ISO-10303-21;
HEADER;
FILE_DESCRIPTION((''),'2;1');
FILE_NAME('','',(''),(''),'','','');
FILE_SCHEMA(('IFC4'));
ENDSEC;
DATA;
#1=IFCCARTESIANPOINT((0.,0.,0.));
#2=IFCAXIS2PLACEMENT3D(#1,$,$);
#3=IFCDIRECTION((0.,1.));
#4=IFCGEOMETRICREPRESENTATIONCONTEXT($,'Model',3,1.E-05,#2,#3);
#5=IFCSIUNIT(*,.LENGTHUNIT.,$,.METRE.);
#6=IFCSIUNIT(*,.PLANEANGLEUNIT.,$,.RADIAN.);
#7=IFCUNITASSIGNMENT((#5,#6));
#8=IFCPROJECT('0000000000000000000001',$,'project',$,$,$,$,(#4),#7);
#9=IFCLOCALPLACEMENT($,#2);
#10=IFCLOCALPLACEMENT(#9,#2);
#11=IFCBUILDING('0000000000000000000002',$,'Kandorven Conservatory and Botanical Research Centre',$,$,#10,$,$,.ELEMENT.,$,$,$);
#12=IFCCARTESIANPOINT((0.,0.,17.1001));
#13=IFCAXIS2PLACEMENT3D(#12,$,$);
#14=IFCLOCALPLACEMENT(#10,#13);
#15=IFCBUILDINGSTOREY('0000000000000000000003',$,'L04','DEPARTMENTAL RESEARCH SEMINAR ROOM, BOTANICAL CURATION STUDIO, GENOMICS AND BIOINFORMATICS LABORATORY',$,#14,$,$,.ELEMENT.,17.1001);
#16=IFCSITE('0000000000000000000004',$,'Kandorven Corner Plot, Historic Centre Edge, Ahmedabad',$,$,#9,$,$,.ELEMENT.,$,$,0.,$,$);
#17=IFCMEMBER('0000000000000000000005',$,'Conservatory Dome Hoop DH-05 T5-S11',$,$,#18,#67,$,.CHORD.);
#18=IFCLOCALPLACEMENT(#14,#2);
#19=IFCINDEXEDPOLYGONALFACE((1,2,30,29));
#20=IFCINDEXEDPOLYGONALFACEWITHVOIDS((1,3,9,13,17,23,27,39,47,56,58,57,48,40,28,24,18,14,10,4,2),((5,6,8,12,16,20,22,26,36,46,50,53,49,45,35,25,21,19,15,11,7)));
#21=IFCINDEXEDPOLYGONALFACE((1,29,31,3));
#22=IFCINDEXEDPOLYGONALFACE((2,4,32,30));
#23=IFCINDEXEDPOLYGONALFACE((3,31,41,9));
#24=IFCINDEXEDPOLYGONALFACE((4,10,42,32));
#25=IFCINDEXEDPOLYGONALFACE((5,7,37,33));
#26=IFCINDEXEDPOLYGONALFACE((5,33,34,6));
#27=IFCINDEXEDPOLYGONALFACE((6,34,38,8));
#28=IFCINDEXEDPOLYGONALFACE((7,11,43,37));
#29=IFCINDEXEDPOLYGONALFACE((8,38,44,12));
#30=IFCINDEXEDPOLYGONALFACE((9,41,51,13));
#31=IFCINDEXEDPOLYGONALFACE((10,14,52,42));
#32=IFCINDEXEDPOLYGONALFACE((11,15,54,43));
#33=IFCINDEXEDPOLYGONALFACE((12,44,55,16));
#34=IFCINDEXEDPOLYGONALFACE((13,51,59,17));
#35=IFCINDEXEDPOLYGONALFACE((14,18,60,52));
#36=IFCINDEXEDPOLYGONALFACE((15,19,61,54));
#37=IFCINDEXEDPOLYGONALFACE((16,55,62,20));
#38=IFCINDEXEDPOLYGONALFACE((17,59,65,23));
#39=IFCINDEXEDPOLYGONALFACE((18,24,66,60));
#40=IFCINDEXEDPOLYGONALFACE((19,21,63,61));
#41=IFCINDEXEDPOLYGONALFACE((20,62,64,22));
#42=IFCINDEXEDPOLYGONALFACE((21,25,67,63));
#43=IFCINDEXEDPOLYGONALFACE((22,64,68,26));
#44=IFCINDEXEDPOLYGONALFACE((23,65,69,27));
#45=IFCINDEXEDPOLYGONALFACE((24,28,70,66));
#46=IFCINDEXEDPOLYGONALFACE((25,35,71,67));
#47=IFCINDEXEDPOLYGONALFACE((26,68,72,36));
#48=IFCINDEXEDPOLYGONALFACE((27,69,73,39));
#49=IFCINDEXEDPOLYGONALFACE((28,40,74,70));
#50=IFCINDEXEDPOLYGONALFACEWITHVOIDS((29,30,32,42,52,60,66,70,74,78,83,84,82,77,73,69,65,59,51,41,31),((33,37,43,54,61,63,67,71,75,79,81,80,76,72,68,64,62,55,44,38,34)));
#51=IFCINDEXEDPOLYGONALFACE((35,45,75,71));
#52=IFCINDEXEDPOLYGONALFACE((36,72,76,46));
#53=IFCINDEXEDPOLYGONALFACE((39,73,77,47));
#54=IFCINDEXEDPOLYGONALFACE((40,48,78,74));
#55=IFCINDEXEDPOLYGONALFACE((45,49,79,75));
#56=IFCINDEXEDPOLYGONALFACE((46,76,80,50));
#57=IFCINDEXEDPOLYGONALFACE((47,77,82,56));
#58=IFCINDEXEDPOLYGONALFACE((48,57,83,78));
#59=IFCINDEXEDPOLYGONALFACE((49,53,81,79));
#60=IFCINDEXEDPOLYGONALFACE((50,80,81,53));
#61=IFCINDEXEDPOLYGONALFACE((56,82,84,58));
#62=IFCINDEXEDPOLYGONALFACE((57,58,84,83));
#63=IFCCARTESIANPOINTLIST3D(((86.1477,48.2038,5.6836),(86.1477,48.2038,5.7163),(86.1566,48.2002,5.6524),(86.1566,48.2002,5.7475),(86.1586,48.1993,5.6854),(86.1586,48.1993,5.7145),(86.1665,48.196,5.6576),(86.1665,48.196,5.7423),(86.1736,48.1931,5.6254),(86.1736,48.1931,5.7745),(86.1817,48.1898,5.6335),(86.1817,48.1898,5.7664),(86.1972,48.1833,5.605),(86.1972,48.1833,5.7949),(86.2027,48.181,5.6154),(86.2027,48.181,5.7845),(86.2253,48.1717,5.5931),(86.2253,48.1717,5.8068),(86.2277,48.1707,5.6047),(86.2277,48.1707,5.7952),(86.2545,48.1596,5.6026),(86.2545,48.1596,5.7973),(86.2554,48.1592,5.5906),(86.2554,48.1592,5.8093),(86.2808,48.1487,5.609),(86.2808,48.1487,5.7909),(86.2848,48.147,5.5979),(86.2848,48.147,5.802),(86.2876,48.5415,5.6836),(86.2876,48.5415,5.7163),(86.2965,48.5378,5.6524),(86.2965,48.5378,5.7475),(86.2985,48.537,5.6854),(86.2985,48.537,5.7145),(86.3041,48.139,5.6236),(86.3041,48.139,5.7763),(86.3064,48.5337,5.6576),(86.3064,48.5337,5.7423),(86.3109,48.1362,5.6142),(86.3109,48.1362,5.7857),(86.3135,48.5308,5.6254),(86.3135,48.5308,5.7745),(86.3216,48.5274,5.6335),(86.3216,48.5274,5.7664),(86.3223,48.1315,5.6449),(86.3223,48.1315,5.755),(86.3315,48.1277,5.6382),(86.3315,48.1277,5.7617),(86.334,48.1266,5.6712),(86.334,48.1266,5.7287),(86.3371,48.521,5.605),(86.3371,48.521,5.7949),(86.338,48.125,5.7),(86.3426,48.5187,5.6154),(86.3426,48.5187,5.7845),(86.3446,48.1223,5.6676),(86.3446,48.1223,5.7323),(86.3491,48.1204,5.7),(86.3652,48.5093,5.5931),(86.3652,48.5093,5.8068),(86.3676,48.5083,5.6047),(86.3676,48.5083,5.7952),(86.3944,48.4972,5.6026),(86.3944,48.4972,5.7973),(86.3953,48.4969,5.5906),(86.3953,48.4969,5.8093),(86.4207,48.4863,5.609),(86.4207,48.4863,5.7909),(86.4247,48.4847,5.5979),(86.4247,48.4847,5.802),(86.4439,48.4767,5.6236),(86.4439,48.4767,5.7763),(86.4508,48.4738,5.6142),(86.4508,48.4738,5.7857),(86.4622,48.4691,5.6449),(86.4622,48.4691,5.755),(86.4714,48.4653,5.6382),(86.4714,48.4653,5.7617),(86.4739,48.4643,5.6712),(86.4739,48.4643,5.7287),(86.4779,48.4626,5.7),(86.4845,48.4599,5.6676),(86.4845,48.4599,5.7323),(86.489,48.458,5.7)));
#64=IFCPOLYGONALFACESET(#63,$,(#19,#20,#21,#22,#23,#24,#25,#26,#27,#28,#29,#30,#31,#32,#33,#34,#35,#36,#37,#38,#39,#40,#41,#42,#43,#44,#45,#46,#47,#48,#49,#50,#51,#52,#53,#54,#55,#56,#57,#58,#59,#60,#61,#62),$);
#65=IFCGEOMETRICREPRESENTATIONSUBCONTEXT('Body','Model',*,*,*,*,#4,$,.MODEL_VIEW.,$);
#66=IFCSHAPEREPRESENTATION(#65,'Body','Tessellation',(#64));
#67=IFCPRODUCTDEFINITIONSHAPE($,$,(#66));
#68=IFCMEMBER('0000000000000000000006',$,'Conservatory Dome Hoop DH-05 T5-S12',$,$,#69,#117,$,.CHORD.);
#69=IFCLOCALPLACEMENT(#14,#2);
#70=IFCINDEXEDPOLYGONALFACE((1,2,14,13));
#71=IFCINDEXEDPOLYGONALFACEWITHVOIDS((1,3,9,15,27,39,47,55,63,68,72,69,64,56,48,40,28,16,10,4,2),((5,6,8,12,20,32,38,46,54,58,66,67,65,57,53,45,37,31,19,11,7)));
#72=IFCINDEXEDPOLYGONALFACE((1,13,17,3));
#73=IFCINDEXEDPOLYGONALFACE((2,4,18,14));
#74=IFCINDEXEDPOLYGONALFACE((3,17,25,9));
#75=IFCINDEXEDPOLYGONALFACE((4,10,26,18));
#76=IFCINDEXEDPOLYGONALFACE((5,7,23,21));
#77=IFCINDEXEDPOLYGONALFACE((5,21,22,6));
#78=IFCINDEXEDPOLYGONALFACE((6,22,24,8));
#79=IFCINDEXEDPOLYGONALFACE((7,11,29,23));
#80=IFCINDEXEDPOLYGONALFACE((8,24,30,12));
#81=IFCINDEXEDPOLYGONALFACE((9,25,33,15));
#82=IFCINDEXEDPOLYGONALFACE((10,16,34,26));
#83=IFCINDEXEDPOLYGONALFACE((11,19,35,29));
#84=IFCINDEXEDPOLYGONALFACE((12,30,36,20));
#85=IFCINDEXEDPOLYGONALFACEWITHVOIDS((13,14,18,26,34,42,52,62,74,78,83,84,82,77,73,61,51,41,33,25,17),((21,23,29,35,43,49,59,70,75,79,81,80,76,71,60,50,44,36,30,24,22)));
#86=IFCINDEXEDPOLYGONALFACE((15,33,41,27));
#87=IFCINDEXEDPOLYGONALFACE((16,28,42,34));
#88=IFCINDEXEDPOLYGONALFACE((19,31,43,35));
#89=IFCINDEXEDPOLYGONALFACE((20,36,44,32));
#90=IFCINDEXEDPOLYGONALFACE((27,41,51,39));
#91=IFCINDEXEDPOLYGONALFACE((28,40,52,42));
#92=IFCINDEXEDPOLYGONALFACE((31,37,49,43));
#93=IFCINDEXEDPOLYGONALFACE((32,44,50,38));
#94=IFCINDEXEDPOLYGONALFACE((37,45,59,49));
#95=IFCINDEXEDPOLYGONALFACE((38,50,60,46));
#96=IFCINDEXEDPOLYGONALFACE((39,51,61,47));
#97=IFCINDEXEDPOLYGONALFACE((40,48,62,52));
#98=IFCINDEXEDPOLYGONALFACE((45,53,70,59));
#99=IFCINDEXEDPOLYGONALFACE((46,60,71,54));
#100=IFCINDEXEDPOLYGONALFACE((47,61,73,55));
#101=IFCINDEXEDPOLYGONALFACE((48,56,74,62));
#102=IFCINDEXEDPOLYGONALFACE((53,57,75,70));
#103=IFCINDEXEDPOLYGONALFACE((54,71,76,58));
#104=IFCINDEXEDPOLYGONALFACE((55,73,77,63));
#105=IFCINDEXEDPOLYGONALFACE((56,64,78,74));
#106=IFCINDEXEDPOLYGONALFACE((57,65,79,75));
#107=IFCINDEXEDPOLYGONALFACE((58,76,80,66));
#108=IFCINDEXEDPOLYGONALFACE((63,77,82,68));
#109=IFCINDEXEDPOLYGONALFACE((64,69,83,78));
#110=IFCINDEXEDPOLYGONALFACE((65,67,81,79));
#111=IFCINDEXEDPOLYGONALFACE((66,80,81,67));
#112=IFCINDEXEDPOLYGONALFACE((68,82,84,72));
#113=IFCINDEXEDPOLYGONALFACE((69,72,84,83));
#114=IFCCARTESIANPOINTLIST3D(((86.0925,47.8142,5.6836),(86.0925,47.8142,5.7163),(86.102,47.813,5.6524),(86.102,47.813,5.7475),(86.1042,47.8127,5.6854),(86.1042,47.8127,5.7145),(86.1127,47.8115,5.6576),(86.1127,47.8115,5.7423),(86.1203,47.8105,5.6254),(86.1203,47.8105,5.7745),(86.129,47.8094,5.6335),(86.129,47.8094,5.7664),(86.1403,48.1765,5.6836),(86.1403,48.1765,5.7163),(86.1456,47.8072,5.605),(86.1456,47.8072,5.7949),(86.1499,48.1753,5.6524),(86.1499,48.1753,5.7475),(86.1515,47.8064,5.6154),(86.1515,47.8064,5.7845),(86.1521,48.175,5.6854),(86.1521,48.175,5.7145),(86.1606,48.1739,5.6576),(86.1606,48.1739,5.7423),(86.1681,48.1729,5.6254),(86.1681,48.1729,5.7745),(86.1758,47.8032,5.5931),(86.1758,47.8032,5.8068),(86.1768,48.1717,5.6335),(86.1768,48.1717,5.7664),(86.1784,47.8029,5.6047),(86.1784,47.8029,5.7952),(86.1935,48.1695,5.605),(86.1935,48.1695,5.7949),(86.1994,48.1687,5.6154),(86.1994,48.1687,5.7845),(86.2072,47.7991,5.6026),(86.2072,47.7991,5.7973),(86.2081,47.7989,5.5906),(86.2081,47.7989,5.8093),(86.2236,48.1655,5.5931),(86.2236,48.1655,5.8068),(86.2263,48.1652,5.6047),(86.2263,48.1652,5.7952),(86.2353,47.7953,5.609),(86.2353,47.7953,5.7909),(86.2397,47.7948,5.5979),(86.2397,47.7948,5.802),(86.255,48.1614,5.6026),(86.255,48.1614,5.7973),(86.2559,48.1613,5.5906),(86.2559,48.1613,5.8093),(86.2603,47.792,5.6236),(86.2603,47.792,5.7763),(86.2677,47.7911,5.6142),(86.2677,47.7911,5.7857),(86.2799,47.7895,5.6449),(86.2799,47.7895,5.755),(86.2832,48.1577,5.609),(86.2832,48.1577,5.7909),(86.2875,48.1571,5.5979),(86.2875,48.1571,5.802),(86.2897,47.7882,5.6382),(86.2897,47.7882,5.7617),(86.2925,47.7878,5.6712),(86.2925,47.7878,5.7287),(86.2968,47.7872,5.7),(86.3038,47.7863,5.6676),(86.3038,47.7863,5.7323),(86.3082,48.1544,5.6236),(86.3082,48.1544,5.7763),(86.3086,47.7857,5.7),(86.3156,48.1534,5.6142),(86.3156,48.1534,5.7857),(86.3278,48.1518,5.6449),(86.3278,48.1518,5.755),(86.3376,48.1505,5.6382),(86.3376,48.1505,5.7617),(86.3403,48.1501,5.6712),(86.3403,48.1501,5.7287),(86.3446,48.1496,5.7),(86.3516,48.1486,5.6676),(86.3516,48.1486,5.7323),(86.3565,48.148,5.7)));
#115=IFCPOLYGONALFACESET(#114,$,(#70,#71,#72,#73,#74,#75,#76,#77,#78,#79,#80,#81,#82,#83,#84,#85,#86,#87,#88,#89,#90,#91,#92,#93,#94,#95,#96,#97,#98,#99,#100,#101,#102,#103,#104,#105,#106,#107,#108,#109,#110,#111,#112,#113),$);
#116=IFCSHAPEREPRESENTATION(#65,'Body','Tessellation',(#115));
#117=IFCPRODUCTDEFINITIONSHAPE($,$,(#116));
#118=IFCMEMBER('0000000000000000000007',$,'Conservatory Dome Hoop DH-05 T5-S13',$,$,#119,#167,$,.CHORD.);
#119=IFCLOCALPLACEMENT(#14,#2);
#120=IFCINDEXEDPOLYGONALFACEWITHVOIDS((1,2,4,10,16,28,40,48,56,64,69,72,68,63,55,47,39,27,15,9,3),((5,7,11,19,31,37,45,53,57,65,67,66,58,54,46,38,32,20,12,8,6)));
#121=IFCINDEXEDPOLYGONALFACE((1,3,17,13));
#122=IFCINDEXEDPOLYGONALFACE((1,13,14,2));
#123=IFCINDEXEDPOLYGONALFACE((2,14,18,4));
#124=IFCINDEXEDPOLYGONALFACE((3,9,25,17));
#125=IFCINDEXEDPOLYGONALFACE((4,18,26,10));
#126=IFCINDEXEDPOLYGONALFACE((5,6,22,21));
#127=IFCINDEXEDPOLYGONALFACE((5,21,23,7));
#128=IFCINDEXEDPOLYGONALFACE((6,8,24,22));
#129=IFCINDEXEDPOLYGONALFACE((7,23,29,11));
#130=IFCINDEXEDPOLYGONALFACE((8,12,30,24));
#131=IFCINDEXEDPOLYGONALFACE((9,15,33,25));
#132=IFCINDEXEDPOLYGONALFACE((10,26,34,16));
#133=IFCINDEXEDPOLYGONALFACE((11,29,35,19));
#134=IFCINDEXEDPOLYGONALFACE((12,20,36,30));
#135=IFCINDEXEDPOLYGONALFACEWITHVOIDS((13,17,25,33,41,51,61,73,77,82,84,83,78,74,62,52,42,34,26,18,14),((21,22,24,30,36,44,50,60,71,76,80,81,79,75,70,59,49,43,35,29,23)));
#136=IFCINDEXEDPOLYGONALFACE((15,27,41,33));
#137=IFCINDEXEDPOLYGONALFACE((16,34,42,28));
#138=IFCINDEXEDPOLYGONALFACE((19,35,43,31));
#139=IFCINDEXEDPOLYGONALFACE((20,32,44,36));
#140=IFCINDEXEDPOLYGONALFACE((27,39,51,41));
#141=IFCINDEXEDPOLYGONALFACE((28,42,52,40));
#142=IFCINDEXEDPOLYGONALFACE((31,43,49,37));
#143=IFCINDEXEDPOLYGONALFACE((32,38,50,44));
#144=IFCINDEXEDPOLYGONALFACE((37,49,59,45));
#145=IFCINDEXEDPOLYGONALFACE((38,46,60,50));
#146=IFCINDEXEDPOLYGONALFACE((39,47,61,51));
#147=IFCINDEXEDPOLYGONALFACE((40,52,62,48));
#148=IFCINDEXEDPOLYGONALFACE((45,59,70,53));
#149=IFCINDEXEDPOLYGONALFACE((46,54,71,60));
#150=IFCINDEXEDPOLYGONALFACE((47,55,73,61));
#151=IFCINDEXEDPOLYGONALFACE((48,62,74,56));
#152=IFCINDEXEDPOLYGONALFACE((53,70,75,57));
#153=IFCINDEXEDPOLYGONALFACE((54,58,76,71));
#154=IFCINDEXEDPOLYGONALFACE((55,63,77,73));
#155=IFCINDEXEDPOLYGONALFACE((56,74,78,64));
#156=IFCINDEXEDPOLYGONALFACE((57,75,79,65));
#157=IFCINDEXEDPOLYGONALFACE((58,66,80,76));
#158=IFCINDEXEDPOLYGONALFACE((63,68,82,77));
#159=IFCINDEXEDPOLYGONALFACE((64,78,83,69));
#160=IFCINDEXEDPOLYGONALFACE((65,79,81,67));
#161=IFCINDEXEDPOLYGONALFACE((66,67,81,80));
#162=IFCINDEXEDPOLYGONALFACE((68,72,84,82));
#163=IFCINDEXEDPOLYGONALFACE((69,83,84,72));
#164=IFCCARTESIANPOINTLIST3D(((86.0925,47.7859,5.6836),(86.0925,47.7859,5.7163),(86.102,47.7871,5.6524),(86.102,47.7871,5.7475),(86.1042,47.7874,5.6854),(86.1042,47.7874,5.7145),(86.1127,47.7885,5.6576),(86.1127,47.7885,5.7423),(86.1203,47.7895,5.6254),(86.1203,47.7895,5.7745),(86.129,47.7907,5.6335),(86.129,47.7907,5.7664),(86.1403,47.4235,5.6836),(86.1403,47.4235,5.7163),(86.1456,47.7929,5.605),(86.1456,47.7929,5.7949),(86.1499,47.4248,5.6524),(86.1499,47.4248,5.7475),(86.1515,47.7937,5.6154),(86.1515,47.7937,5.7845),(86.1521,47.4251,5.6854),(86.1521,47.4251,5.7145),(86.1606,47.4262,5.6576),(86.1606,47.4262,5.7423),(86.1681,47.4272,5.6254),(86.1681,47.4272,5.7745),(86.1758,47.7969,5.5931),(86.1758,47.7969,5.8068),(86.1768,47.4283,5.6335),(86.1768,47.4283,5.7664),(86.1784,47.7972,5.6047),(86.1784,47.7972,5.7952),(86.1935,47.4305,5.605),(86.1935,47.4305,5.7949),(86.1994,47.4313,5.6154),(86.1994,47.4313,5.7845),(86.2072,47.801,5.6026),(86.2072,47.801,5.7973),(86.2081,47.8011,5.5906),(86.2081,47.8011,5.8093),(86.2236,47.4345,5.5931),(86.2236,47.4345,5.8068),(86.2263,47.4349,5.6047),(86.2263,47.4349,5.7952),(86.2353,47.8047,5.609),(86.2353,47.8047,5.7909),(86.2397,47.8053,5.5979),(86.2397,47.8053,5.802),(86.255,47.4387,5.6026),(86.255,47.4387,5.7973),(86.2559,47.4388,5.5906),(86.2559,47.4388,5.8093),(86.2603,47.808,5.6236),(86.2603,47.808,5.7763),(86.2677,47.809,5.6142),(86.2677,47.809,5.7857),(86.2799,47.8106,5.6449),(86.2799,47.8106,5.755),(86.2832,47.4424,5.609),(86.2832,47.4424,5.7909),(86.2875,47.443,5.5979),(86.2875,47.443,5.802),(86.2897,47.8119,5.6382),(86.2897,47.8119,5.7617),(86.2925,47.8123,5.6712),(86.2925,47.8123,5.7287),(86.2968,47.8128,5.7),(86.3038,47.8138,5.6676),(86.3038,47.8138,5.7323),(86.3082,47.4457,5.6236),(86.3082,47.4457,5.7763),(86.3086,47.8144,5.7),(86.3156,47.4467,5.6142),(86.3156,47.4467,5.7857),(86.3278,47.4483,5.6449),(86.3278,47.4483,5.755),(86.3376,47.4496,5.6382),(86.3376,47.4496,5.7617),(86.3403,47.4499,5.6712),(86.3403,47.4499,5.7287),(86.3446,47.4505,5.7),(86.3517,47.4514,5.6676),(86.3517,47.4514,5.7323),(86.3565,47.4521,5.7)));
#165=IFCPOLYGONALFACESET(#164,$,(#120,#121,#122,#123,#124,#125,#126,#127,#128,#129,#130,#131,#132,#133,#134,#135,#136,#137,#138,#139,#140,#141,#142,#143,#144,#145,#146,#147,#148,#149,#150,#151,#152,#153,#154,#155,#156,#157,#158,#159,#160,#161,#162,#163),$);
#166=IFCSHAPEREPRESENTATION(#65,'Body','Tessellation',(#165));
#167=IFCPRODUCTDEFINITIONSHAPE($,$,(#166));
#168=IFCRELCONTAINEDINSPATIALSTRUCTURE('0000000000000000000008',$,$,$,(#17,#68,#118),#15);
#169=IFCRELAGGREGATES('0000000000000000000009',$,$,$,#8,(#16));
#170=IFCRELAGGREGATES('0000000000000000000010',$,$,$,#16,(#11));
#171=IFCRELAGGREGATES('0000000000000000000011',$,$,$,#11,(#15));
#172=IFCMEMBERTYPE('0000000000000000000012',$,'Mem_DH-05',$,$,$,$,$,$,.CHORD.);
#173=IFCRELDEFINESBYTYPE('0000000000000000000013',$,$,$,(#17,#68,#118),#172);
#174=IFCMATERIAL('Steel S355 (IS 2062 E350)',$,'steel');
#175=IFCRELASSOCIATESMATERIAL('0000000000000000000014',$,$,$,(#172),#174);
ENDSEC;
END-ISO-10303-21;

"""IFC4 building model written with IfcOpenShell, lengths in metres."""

from ifc_helpers import new_model, si_unit, direction, frame, origin, origin_2d, place, context, subcontext, project, spatial, hollow_circle, extrude, material, material_profile, profile_set, type_object, element, save


model = new_model("IFC4")

# Units and contexts
model_context = context("Model", 3, precision=1e-05, world=origin(), true_north=direction((0.0, 1.0)))
body_context = subcontext(model_context, "Body", "Model", "MODEL_VIEW")
ifc_project = project(units=[si_unit("LENGTHUNIT", "METRE"), si_unit("PLANEANGLEUNIT", "RADIAN")], contexts=[model_context])

# Site, building, storey
site_placement = place(None, origin())
site = spatial("IfcSite", under=ifc_project, at=site_placement, Name="Kandorven Corner Plot, Historic Centre Edge, Ahmedabad", CompositionType="ELEMENT", RefElevation=0.0)
building_placement = place(site_placement, origin())
building = spatial("IfcBuilding", under=site, at=building_placement, Name="Kandorven Conservatory and Botanical Research Centre", CompositionType="ELEMENT")
storey_placement = place(building_placement, frame((0.0, 0.0, 17.1001)))
storey = spatial("IfcBuildingStorey", under=building, at=storey_placement, Name="L04", Description="DEPARTMENTAL RESEARCH SEMINAR ROOM, BOTANICAL CURATION STUDIO, GENOMICS AND BIOINFORMATICS LABORATORY", CompositionType="ELEMENT", Elevation=17.1001)

# Members
ifc_material_1 = material(Name="Steel S355 (IS 2062 E350)", Category="steel")
ifc_material_profile_1 = material_profile(ifc_material_1, hollow_circle(Radius=0.1096, WallThickness=0.012, at=origin_2d()))
ifc_profile_set_1 = profile_set([ifc_material_profile_1], Name="Steel S355 (IS 2062 E350)")
member_type_1 = type_object("IfcMemberType", Name="Mem_DH-05", PredefinedType="CHORD", material=ifc_profile_set_1)
for number, where, z_axis, x_axis, name in (
    (1, (86.3877, 48.5, 5.7), (-0.382765, -0.923846, 0.0), (0.923846, -0.382765, 0.0), "Conservatory Dome Hoop DH-05 T5-S11"),
    (2, (86.2478, 48.1624, 5.7), (-0.130938, -0.991391, 0.0), (0.991391, -0.130938, 0.0), "Conservatory Dome Hoop DH-05 T5-S12"),
    (3, (86.2, 47.8, 5.7), (0.130938, -0.991391, 0.0), (0.991391, 0.130938, 0.0), "Conservatory Dome Hoop DH-05 T5-S13"),
):
    element("IfcMember", number, at=place(storey_placement, frame(where, z_axis=z_axis, x_axis=x_axis)), inside=storey, type_object=member_type_1, Name=name, PredefinedType="CHORD", context=body_context, shape_type="SweptSolid", body=[
        extrude(hollow_circle(Radius=0.1096, WallThickness=0.012, at=origin_2d()), origin(), (0.0, 0.0, 1.0), 0.3655),
    ])

save(model, "model.ifc")
